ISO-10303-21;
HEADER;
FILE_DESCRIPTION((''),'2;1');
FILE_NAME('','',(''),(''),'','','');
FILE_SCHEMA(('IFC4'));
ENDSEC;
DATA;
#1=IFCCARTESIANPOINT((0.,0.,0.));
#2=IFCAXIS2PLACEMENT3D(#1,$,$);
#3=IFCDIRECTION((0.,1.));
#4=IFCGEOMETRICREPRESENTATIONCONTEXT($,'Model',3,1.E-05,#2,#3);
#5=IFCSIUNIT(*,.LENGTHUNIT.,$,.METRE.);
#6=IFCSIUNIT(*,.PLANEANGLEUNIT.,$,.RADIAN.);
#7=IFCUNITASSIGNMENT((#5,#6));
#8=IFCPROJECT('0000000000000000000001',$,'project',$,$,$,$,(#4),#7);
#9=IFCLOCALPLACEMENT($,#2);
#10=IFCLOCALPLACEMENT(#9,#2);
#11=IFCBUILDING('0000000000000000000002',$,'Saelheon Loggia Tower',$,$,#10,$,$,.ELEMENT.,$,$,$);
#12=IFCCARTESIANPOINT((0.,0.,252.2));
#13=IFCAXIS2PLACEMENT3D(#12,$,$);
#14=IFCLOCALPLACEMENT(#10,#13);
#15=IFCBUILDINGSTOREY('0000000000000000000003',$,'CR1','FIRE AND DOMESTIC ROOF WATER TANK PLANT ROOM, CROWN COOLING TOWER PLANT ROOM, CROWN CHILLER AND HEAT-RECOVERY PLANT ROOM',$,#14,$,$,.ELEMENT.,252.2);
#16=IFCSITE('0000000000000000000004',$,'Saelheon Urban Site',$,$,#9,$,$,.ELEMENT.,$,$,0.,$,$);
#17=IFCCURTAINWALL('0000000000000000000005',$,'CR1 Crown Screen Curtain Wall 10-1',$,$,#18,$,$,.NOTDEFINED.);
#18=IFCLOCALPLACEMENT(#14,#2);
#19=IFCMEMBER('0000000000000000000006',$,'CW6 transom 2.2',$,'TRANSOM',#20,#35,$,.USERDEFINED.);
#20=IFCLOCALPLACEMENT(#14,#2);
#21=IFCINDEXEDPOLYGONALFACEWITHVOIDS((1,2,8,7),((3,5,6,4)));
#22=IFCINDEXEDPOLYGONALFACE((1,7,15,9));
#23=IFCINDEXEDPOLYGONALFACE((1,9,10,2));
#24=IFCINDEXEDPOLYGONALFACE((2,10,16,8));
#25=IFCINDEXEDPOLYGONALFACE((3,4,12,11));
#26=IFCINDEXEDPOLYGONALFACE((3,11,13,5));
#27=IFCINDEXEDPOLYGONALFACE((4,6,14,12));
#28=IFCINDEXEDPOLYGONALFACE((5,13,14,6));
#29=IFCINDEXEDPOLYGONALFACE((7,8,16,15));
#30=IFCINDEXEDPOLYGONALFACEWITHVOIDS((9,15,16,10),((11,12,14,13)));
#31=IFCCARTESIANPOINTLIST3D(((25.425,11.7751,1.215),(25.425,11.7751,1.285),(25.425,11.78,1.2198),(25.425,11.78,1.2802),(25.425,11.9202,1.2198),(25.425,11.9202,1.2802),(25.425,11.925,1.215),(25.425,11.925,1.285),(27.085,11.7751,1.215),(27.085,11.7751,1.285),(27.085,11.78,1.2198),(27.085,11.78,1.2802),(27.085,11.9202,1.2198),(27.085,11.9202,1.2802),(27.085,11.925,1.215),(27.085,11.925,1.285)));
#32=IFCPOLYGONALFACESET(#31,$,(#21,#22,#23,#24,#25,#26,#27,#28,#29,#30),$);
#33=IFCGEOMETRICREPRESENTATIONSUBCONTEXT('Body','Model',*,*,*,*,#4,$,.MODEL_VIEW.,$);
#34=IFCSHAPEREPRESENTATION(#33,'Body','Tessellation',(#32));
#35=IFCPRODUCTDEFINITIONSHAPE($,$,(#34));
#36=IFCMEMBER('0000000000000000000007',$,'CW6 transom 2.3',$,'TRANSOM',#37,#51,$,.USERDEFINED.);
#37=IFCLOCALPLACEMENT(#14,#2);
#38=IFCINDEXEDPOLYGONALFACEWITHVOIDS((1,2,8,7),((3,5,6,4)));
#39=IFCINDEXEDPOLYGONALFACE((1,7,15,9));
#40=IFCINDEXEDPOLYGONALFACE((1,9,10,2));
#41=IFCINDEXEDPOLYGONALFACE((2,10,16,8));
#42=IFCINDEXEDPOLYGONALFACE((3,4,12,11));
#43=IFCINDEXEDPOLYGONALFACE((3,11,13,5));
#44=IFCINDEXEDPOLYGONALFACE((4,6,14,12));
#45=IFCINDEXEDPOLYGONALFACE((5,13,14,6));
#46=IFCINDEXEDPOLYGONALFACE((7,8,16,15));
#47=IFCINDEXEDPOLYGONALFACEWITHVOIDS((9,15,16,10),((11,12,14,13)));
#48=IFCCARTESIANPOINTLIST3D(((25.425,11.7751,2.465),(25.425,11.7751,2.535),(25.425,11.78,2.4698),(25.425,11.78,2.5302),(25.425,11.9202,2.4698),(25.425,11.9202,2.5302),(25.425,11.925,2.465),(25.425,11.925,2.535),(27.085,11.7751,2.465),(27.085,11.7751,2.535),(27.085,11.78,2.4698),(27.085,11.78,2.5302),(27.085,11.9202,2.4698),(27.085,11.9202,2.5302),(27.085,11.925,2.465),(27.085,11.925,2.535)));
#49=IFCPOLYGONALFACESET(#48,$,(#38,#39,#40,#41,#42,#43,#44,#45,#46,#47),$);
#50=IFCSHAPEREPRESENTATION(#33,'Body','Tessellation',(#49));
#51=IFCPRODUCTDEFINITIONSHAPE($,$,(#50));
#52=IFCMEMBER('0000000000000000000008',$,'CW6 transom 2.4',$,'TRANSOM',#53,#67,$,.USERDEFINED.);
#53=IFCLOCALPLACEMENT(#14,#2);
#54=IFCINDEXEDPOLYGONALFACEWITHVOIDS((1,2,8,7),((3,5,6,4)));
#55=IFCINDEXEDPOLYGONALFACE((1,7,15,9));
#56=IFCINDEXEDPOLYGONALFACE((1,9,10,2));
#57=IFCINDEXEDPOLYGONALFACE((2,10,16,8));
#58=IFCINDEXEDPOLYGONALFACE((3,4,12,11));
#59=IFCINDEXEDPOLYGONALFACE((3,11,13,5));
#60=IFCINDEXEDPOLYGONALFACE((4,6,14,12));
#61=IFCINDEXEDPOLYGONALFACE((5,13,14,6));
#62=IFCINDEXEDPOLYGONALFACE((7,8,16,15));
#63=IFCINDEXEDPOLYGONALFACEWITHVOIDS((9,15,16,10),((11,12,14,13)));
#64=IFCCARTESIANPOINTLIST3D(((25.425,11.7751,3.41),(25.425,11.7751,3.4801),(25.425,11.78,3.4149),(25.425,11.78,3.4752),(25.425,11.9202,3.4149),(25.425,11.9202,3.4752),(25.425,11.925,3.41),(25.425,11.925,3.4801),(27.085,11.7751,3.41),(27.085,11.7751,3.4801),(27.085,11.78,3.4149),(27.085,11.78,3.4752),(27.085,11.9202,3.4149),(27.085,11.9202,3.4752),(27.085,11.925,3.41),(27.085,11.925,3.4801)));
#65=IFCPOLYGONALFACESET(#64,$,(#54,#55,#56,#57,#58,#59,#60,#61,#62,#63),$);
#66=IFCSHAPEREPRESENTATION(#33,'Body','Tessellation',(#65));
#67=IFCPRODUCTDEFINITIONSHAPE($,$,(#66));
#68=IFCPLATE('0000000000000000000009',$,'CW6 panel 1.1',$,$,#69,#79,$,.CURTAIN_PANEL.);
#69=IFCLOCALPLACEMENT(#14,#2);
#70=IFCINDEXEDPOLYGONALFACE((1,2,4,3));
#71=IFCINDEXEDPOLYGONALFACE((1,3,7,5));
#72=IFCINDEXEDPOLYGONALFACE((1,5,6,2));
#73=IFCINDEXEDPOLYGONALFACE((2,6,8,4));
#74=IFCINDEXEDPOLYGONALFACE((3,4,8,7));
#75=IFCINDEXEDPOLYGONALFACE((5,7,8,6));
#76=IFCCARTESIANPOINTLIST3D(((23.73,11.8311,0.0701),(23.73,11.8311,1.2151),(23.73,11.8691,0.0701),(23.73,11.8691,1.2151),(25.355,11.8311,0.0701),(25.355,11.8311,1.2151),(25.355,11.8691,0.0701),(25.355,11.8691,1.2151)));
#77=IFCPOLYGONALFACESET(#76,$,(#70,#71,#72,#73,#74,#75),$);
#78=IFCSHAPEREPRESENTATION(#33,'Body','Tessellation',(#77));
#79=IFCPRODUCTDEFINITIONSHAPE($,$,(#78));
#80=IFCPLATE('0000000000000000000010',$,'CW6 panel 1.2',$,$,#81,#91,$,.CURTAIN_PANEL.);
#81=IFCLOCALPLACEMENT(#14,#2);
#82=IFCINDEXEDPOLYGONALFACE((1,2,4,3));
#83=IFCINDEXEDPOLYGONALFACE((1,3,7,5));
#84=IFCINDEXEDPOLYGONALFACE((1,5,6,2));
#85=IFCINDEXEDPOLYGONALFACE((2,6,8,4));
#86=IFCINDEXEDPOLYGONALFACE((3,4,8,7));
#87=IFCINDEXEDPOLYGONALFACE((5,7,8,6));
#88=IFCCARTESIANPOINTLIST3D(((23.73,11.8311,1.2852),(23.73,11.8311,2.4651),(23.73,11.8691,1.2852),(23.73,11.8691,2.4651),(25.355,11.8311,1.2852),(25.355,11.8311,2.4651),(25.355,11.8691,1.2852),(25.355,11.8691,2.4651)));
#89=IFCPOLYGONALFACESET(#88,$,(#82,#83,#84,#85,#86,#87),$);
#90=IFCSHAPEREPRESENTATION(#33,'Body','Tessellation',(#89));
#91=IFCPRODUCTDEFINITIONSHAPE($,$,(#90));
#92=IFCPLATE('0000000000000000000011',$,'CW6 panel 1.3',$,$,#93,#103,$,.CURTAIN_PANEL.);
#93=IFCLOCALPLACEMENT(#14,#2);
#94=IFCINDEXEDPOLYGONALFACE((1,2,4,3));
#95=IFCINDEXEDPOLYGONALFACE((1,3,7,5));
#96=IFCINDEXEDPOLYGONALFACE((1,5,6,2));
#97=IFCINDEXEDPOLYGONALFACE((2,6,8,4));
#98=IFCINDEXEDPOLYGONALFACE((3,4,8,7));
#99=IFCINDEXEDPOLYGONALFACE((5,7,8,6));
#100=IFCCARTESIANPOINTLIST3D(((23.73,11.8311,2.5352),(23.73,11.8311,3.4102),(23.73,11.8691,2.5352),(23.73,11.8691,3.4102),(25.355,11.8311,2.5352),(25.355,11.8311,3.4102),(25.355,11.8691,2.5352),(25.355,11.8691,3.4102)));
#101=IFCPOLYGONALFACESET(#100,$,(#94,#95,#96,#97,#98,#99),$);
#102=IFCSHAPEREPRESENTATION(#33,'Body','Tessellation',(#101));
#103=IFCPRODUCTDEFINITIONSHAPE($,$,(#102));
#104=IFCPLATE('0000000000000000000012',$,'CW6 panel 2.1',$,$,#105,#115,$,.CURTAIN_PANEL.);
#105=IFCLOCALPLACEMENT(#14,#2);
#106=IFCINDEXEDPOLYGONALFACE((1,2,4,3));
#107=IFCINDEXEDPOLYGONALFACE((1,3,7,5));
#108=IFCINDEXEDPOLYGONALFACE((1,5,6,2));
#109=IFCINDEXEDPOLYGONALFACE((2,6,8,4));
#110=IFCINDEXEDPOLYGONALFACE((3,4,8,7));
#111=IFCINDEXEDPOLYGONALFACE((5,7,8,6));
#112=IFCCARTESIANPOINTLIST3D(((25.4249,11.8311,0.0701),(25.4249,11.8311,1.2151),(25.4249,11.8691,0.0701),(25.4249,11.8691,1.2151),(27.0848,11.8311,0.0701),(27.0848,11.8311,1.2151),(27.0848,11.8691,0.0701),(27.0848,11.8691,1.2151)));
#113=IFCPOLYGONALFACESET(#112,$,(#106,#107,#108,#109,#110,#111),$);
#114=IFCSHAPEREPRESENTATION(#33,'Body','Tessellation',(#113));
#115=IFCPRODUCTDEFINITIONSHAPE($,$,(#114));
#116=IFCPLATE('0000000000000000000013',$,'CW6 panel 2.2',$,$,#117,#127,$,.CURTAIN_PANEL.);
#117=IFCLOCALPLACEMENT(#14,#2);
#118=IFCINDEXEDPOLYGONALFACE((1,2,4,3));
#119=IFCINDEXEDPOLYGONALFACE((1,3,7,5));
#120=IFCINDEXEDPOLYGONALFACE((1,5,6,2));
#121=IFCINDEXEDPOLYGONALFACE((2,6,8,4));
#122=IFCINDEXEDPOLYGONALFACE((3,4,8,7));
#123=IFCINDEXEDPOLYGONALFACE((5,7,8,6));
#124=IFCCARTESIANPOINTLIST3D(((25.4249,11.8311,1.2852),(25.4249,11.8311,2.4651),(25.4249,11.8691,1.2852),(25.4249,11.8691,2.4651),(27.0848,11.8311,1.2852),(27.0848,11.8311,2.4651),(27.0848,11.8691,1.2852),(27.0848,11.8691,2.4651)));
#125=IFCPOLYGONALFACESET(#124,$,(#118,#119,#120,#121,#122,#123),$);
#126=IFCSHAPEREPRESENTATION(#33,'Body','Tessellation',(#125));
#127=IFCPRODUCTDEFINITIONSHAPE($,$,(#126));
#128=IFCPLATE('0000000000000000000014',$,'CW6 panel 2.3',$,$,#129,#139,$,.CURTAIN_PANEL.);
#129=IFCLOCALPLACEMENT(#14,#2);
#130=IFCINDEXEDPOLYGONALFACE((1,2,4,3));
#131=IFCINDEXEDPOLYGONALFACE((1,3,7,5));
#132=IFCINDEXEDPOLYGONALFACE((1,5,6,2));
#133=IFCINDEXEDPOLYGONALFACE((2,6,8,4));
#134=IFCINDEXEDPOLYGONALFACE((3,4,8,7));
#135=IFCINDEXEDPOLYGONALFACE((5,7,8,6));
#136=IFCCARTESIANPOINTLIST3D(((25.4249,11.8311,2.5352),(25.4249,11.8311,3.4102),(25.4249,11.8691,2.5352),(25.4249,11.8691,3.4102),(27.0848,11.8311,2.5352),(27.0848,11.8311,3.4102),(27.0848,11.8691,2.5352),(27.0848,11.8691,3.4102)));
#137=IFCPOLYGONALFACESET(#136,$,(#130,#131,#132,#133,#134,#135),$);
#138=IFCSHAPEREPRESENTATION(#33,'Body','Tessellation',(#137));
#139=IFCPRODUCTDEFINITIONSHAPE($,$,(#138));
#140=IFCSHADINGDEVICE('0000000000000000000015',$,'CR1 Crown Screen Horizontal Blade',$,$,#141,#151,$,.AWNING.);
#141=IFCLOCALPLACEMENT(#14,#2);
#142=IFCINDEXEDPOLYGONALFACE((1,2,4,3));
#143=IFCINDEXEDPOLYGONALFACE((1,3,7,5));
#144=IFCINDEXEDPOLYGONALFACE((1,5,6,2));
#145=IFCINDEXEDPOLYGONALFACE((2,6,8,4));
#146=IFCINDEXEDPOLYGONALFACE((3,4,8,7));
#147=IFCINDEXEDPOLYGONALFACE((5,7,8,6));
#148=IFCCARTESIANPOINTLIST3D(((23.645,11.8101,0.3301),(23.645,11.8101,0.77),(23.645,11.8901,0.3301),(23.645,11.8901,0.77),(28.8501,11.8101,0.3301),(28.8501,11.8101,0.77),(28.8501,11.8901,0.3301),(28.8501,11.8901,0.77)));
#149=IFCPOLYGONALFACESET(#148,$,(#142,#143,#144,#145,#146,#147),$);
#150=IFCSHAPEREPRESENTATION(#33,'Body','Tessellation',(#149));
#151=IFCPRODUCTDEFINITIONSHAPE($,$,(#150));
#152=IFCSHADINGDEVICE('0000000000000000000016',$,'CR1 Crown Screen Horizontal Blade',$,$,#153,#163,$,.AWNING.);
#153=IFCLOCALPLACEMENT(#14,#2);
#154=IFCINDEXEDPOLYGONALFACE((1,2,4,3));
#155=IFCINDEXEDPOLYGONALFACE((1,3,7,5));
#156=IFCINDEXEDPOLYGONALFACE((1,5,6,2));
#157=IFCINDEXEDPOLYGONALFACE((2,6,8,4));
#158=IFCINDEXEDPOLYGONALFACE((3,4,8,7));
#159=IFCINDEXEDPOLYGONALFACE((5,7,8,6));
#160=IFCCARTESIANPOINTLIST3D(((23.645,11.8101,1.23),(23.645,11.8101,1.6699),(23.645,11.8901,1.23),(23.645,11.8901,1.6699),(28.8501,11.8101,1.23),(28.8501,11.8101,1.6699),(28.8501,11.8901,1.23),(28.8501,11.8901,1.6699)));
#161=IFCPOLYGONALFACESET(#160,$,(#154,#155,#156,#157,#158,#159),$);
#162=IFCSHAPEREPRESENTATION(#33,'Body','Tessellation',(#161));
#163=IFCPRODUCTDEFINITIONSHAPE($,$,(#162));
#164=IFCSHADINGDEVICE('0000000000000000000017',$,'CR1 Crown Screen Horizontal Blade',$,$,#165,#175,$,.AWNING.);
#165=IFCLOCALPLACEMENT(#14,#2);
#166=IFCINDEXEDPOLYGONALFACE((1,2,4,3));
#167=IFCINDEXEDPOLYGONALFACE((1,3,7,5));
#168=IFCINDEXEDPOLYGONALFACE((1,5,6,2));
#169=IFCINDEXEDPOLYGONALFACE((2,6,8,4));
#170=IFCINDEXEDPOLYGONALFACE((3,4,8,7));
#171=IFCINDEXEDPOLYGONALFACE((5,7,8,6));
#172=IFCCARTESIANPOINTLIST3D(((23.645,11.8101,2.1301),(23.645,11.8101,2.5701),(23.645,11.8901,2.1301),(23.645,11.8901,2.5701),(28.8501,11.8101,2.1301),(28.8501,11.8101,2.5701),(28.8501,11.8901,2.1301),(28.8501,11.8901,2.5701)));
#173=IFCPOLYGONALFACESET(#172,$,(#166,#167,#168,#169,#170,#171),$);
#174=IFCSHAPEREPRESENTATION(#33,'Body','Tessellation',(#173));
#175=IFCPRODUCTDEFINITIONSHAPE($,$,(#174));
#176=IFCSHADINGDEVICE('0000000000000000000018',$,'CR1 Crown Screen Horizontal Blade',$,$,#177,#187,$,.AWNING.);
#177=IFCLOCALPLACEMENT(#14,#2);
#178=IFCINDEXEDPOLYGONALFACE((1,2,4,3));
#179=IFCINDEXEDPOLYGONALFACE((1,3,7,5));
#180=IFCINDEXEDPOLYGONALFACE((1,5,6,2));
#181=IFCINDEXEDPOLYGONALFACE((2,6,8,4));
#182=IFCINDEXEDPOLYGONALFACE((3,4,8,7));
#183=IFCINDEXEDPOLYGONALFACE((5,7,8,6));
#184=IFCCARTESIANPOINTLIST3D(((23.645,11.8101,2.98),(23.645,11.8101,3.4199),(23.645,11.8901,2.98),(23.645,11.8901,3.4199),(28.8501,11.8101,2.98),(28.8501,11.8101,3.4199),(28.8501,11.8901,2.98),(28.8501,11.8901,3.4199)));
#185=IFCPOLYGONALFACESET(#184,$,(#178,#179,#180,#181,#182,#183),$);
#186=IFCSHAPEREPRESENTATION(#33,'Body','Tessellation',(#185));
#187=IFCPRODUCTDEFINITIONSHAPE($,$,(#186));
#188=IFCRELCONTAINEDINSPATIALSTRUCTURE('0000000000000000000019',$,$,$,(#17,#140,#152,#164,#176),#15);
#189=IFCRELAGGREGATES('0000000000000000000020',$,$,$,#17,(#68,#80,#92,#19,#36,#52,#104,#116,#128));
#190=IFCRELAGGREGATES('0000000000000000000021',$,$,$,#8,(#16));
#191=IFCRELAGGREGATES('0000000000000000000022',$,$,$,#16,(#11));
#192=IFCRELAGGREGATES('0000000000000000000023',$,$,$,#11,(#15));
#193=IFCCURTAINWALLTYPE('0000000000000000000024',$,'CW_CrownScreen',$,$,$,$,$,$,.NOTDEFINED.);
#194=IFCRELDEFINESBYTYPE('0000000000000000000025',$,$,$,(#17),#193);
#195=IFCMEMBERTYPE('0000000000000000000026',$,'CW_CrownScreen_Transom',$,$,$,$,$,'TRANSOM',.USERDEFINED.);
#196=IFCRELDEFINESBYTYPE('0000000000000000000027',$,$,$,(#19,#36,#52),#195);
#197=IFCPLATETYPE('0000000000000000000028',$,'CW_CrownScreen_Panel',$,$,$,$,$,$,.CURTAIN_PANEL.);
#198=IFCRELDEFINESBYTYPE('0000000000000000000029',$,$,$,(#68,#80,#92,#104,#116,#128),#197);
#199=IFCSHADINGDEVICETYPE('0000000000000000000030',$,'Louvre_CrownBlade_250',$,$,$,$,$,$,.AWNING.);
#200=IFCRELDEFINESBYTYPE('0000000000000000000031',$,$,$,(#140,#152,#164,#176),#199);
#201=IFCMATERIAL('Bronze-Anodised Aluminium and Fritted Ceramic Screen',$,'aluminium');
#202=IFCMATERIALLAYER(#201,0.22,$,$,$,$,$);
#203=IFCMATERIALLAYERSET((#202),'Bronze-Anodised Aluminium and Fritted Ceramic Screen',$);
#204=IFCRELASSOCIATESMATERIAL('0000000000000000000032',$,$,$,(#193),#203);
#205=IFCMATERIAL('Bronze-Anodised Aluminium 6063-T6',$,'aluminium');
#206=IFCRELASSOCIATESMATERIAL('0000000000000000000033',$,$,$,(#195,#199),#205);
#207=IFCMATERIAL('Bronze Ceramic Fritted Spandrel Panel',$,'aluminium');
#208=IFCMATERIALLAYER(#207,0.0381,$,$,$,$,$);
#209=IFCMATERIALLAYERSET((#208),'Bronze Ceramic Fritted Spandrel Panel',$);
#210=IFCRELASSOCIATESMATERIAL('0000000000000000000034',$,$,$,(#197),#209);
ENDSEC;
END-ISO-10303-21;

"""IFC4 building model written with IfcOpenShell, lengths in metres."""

from ifc_helpers import new_model, si_unit, direction, frame, origin, origin_2d, place, context, subcontext, project, spatial, rectangle, hollow_rectangle, extrude, source, transform, mapped, material, layer, layer_set, material_profile, profile_set, type_object, element, aggregate, save


model = new_model("IFC4")

# Units and contexts
model_context = context("Model", 3, precision=1e-05, world=origin(), true_north=direction((0.0, 1.0)))
body_context = subcontext(model_context, "Body", "Model", "MODEL_VIEW")
ifc_project = project(units=[si_unit("LENGTHUNIT", "METRE"), si_unit("PLANEANGLEUNIT", "RADIAN")], contexts=[model_context])

# Site, building, storey
site_placement = place(None, origin())
site = spatial("IfcSite", under=ifc_project, at=site_placement, Name="Saelheon Urban Site", CompositionType="ELEMENT", RefElevation=0.0)
building_placement = place(site_placement, origin())
building = spatial("IfcBuilding", under=site, at=building_placement, Name="Saelheon Loggia Tower", CompositionType="ELEMENT")
storey_placement = place(building_placement, frame((0.0, 0.0, 252.2)))
storey = spatial("IfcBuildingStorey", under=building, at=storey_placement, Name="CR1", Description="FIRE AND DOMESTIC ROOF WATER TANK PLANT ROOM, CROWN COOLING TOWER PLANT ROOM, CROWN CHILLER AND HEAT-RECOVERY PLANT ROOM", CompositionType="ELEMENT", Elevation=252.2)

# Curtain wall, members, plates
ifc_material_1 = material(Name="Bronze-Anodised Aluminium and Fritted Ceramic Screen", Category="aluminium")
ifc_layer_1 = layer(ifc_material_1, 0.22)
ifc_layer_set_1 = layer_set([ifc_layer_1], Name="Bronze-Anodised Aluminium and Fritted Ceramic Screen")
curtain_wall_type = type_object("IfcCurtainWallType", Name="CW_CrownScreen", PredefinedType="NOTDEFINED", material=ifc_layer_set_1)
curtain_wall_placement = place(storey_placement, origin())
curtain_wall = element("IfcCurtainWall", 1, at=curtain_wall_placement, inside=storey, type_object=curtain_wall_type, Name="CR1 Crown Screen Curtain Wall 10-1", PredefinedType="NOTDEFINED")
ifc_material_2 = material(Name="Bronze-Anodised Aluminium 6063-T6", Category="aluminium")
ifc_material_profile_1 = material_profile(ifc_material_2, hollow_rectangle(XDim=0.0701, YDim=0.1499, WallThickness=0.0049, at=origin_2d()), Name="RHS-150x70x5")
ifc_profile_set_1 = profile_set([ifc_material_profile_1], Name="Bronze-Anodised Aluminium 6063-T6")
member_type_1 = type_object("IfcMemberType", Name="CW_CrownScreen_Transom", ElementType="TRANSOM", PredefinedType="USERDEFINED", material=ifc_profile_set_1)
shared_shape_1 = source(origin(), body_context, "Body", "SweptSolid", [
    extrude(hollow_rectangle(XDim=0.0701, YDim=0.1499, WallThickness=0.0049, at=origin_2d()), origin(), (0.0, 0.0, 1.0), 1.6599),
])
member_1_placement = place(storey_placement, frame((25.425, 11.8501, 1.25), z_axis=(1.0, 0.0, 0.0), x_axis=(0.0, 0.0, 1.0)))
member_1 = element("IfcMember", 2, at=member_1_placement, type_object=member_type_1, Name="CW6 transom 2.2", ObjectType="TRANSOM", PredefinedType="USERDEFINED", context=body_context, shape_type="MappedRepresentation", body=[
    mapped(shared_shape_1, transform((0.0, 0.0, 0.0), scale=1.0)),
])
member_2_placement = place(storey_placement, frame((25.425, 11.8501, 2.5), z_axis=(1.0, 0.0, 0.0), x_axis=(0.0, 0.0, 1.0)))
member_2 = element("IfcMember", 3, at=member_2_placement, type_object=member_type_1, Name="CW6 transom 2.3", ObjectType="TRANSOM", PredefinedType="USERDEFINED", context=body_context, shape_type="MappedRepresentation", body=[
    mapped(shared_shape_1, transform((0.0, 0.0, 0.0), scale=1.0)),
])
member_3_placement = place(storey_placement, frame((25.425, 11.8501, 3.4451), z_axis=(1.0, 0.0, 0.0), x_axis=(0.0, 0.0, 1.0)))
member_3 = element("IfcMember", 4, at=member_3_placement, type_object=member_type_1, Name="CW6 transom 2.4", ObjectType="TRANSOM", PredefinedType="USERDEFINED", context=body_context, shape_type="MappedRepresentation", body=[
    mapped(shared_shape_1, transform((0.0, 0.0, 0.0), scale=1.0)),
])
ifc_material_3 = material(Name="Bronze Ceramic Fritted Spandrel Panel", Category="aluminium")
ifc_layer_2 = layer(ifc_material_3, 0.0381)
ifc_layer_set_2 = layer_set([ifc_layer_2], Name="Bronze Ceramic Fritted Spandrel Panel")
plate_type = type_object("IfcPlateType", Name="CW_CrownScreen_Panel", PredefinedType="CURTAIN_PANEL", material=ifc_layer_set_2)
shared_shape_2 = source(origin(), body_context, "Body", "SweptSolid", [
    extrude(rectangle(XDim=1.625, YDim=0.0381, at=origin_2d()), origin(), (0.0, 0.0, 1.0), 1.145),
])
plate_1_placement = place(storey_placement, frame((24.5425, 11.8501, 0.0701), z_axis=(0.0, 0.0, 1.0), x_axis=(1.0, 0.0, 0.0)))
plate_1 = element("IfcPlate", 5, at=plate_1_placement, type_object=plate_type, Name="CW6 panel 1.1", PredefinedType="CURTAIN_PANEL", context=body_context, shape_type="MappedRepresentation", body=[
    mapped(shared_shape_2, transform((0.0, 0.0, 0.0), scale=1.0)),
])
shared_shape_3 = source(origin(), body_context, "Body", "SweptSolid", [
    extrude(rectangle(XDim=1.625, YDim=0.0381, at=origin_2d()), origin(), (0.0, 0.0, 1.0), 1.1799),
])
plate_2_placement = place(storey_placement, frame((24.5425, 11.8501, 1.2852), z_axis=(0.0, 0.0, 1.0), x_axis=(1.0, 0.0, 0.0)))
plate_2 = element("IfcPlate", 6, at=plate_2_placement, type_object=plate_type, Name="CW6 panel 1.2", PredefinedType="CURTAIN_PANEL", context=body_context, shape_type="MappedRepresentation", body=[
    mapped(shared_shape_3, transform((0.0, 0.0, 0.0), scale=1.0)),
])
shared_shape_4 = source(origin(), body_context, "Body", "SweptSolid", [
    extrude(rectangle(XDim=1.625, YDim=0.0381, at=origin_2d()), origin(), (0.0, 0.0, 1.0), 0.875),
])
plate_3_placement = place(storey_placement, frame((24.5425, 11.8501, 2.5352), z_axis=(0.0, 0.0, 1.0), x_axis=(1.0, 0.0, 0.0)))
plate_3 = element("IfcPlate", 7, at=plate_3_placement, type_object=plate_type, Name="CW6 panel 1.3", PredefinedType="CURTAIN_PANEL", context=body_context, shape_type="MappedRepresentation", body=[
    mapped(shared_shape_4, transform((0.0, 0.0, 0.0), scale=1.0)),
])
shared_shape_5 = source(origin(), body_context, "Body", "SweptSolid", [
    extrude(rectangle(XDim=1.6599, YDim=0.0381, at=origin_2d()), origin(), (0.0, 0.0, 1.0), 1.145),
])
plate_4_placement = place(storey_placement, frame((26.2549, 11.8501, 0.0701), z_axis=(0.0, 0.0, 1.0), x_axis=(1.0, 0.0, 0.0)))
plate_4 = element("IfcPlate", 8, at=plate_4_placement, type_object=plate_type, Name="CW6 panel 2.1", PredefinedType="CURTAIN_PANEL", context=body_context, shape_type="MappedRepresentation", body=[
    mapped(shared_shape_5, transform((0.0, 0.0, 0.0), scale=1.0)),
])
shared_shape_6 = source(origin(), body_context, "Body", "SweptSolid", [
    extrude(rectangle(XDim=1.6599, YDim=0.0381, at=origin_2d()), origin(), (0.0, 0.0, 1.0), 1.1799),
])
plate_5_placement = place(storey_placement, frame((26.2549, 11.8501, 1.2852), z_axis=(0.0, 0.0, 1.0), x_axis=(1.0, 0.0, 0.0)))
plate_5 = element("IfcPlate", 9, at=plate_5_placement, type_object=plate_type, Name="CW6 panel 2.2", PredefinedType="CURTAIN_PANEL", context=body_context, shape_type="MappedRepresentation", body=[
    mapped(shared_shape_6, transform((0.0, 0.0, 0.0), scale=1.0)),
])
shared_shape_7 = source(origin(), body_context, "Body", "SweptSolid", [
    extrude(rectangle(XDim=1.6599, YDim=0.0381, at=origin_2d()), origin(), (0.0, 0.0, 1.0), 0.875),
])
plate_6_placement = place(storey_placement, frame((26.2549, 11.8501, 2.5352), z_axis=(0.0, 0.0, 1.0), x_axis=(1.0, 0.0, 0.0)))
plate_6 = element("IfcPlate", 10, at=plate_6_placement, type_object=plate_type, Name="CW6 panel 2.3", PredefinedType="CURTAIN_PANEL", context=body_context, shape_type="MappedRepresentation", body=[
    mapped(shared_shape_7, transform((0.0, 0.0, 0.0), scale=1.0)),
])
aggregate(curtain_wall, [plate_1, plate_2, plate_3, member_1, member_2, member_3, plate_4, plate_5, plate_6])

# Shading devices
ifc_material_profile_2 = material_profile(ifc_material_2, rectangle(XDim=0.0801, YDim=0.4399, at=origin_2d()), Name="Louvre_CrownBlade_250")
ifc_profile_set_2 = profile_set([ifc_material_profile_2], Name="Bronze-Anodised Aluminium 6063-T6")
shading_device_type = type_object("IfcShadingDeviceType", Name="Louvre_CrownBlade_250", PredefinedType="AWNING", material=ifc_profile_set_2)
shared_shape_8 = source(origin(), body_context, "Body", "SweptSolid", [
    extrude(rectangle(XDim=0.0801, YDim=0.4399, at=origin_2d()), origin(), (0.0, 0.0, 1.0), 5.2051),
])
for number, where, z_axis, x_axis, name in (
    (11, (23.645, 11.8501, 0.55), (1.0, 0.0, 0.0), (0.0, 1.0, 0.0), "CR1 Crown Screen Horizontal Blade"),
    (12, (23.645, 11.8501, 1.45), (1.0, 0.0, 0.0), (0.0, 1.0, 0.0), "CR1 Crown Screen Horizontal Blade"),
    (13, (23.645, 11.8501, 2.3501), (1.0, 0.0, 0.0), (0.0, 1.0, 0.0), "CR1 Crown Screen Horizontal Blade"),
    (14, (23.645, 11.8501, 3.2), (1.0, 0.0, 0.0), (0.0, 1.0, 0.0), "CR1 Crown Screen Horizontal Blade"),
):
    element("IfcShadingDevice", number, at=place(storey_placement, frame(where, z_axis=z_axis, x_axis=x_axis)), inside=storey, type_object=shading_device_type, Name=name, PredefinedType="AWNING", context=body_context, shape_type="MappedRepresentation", body=[
        mapped(shared_shape_8, transform((0.0, 0.0, 0.0), scale=1.0)),
    ])

save(model, "model.ifc")
